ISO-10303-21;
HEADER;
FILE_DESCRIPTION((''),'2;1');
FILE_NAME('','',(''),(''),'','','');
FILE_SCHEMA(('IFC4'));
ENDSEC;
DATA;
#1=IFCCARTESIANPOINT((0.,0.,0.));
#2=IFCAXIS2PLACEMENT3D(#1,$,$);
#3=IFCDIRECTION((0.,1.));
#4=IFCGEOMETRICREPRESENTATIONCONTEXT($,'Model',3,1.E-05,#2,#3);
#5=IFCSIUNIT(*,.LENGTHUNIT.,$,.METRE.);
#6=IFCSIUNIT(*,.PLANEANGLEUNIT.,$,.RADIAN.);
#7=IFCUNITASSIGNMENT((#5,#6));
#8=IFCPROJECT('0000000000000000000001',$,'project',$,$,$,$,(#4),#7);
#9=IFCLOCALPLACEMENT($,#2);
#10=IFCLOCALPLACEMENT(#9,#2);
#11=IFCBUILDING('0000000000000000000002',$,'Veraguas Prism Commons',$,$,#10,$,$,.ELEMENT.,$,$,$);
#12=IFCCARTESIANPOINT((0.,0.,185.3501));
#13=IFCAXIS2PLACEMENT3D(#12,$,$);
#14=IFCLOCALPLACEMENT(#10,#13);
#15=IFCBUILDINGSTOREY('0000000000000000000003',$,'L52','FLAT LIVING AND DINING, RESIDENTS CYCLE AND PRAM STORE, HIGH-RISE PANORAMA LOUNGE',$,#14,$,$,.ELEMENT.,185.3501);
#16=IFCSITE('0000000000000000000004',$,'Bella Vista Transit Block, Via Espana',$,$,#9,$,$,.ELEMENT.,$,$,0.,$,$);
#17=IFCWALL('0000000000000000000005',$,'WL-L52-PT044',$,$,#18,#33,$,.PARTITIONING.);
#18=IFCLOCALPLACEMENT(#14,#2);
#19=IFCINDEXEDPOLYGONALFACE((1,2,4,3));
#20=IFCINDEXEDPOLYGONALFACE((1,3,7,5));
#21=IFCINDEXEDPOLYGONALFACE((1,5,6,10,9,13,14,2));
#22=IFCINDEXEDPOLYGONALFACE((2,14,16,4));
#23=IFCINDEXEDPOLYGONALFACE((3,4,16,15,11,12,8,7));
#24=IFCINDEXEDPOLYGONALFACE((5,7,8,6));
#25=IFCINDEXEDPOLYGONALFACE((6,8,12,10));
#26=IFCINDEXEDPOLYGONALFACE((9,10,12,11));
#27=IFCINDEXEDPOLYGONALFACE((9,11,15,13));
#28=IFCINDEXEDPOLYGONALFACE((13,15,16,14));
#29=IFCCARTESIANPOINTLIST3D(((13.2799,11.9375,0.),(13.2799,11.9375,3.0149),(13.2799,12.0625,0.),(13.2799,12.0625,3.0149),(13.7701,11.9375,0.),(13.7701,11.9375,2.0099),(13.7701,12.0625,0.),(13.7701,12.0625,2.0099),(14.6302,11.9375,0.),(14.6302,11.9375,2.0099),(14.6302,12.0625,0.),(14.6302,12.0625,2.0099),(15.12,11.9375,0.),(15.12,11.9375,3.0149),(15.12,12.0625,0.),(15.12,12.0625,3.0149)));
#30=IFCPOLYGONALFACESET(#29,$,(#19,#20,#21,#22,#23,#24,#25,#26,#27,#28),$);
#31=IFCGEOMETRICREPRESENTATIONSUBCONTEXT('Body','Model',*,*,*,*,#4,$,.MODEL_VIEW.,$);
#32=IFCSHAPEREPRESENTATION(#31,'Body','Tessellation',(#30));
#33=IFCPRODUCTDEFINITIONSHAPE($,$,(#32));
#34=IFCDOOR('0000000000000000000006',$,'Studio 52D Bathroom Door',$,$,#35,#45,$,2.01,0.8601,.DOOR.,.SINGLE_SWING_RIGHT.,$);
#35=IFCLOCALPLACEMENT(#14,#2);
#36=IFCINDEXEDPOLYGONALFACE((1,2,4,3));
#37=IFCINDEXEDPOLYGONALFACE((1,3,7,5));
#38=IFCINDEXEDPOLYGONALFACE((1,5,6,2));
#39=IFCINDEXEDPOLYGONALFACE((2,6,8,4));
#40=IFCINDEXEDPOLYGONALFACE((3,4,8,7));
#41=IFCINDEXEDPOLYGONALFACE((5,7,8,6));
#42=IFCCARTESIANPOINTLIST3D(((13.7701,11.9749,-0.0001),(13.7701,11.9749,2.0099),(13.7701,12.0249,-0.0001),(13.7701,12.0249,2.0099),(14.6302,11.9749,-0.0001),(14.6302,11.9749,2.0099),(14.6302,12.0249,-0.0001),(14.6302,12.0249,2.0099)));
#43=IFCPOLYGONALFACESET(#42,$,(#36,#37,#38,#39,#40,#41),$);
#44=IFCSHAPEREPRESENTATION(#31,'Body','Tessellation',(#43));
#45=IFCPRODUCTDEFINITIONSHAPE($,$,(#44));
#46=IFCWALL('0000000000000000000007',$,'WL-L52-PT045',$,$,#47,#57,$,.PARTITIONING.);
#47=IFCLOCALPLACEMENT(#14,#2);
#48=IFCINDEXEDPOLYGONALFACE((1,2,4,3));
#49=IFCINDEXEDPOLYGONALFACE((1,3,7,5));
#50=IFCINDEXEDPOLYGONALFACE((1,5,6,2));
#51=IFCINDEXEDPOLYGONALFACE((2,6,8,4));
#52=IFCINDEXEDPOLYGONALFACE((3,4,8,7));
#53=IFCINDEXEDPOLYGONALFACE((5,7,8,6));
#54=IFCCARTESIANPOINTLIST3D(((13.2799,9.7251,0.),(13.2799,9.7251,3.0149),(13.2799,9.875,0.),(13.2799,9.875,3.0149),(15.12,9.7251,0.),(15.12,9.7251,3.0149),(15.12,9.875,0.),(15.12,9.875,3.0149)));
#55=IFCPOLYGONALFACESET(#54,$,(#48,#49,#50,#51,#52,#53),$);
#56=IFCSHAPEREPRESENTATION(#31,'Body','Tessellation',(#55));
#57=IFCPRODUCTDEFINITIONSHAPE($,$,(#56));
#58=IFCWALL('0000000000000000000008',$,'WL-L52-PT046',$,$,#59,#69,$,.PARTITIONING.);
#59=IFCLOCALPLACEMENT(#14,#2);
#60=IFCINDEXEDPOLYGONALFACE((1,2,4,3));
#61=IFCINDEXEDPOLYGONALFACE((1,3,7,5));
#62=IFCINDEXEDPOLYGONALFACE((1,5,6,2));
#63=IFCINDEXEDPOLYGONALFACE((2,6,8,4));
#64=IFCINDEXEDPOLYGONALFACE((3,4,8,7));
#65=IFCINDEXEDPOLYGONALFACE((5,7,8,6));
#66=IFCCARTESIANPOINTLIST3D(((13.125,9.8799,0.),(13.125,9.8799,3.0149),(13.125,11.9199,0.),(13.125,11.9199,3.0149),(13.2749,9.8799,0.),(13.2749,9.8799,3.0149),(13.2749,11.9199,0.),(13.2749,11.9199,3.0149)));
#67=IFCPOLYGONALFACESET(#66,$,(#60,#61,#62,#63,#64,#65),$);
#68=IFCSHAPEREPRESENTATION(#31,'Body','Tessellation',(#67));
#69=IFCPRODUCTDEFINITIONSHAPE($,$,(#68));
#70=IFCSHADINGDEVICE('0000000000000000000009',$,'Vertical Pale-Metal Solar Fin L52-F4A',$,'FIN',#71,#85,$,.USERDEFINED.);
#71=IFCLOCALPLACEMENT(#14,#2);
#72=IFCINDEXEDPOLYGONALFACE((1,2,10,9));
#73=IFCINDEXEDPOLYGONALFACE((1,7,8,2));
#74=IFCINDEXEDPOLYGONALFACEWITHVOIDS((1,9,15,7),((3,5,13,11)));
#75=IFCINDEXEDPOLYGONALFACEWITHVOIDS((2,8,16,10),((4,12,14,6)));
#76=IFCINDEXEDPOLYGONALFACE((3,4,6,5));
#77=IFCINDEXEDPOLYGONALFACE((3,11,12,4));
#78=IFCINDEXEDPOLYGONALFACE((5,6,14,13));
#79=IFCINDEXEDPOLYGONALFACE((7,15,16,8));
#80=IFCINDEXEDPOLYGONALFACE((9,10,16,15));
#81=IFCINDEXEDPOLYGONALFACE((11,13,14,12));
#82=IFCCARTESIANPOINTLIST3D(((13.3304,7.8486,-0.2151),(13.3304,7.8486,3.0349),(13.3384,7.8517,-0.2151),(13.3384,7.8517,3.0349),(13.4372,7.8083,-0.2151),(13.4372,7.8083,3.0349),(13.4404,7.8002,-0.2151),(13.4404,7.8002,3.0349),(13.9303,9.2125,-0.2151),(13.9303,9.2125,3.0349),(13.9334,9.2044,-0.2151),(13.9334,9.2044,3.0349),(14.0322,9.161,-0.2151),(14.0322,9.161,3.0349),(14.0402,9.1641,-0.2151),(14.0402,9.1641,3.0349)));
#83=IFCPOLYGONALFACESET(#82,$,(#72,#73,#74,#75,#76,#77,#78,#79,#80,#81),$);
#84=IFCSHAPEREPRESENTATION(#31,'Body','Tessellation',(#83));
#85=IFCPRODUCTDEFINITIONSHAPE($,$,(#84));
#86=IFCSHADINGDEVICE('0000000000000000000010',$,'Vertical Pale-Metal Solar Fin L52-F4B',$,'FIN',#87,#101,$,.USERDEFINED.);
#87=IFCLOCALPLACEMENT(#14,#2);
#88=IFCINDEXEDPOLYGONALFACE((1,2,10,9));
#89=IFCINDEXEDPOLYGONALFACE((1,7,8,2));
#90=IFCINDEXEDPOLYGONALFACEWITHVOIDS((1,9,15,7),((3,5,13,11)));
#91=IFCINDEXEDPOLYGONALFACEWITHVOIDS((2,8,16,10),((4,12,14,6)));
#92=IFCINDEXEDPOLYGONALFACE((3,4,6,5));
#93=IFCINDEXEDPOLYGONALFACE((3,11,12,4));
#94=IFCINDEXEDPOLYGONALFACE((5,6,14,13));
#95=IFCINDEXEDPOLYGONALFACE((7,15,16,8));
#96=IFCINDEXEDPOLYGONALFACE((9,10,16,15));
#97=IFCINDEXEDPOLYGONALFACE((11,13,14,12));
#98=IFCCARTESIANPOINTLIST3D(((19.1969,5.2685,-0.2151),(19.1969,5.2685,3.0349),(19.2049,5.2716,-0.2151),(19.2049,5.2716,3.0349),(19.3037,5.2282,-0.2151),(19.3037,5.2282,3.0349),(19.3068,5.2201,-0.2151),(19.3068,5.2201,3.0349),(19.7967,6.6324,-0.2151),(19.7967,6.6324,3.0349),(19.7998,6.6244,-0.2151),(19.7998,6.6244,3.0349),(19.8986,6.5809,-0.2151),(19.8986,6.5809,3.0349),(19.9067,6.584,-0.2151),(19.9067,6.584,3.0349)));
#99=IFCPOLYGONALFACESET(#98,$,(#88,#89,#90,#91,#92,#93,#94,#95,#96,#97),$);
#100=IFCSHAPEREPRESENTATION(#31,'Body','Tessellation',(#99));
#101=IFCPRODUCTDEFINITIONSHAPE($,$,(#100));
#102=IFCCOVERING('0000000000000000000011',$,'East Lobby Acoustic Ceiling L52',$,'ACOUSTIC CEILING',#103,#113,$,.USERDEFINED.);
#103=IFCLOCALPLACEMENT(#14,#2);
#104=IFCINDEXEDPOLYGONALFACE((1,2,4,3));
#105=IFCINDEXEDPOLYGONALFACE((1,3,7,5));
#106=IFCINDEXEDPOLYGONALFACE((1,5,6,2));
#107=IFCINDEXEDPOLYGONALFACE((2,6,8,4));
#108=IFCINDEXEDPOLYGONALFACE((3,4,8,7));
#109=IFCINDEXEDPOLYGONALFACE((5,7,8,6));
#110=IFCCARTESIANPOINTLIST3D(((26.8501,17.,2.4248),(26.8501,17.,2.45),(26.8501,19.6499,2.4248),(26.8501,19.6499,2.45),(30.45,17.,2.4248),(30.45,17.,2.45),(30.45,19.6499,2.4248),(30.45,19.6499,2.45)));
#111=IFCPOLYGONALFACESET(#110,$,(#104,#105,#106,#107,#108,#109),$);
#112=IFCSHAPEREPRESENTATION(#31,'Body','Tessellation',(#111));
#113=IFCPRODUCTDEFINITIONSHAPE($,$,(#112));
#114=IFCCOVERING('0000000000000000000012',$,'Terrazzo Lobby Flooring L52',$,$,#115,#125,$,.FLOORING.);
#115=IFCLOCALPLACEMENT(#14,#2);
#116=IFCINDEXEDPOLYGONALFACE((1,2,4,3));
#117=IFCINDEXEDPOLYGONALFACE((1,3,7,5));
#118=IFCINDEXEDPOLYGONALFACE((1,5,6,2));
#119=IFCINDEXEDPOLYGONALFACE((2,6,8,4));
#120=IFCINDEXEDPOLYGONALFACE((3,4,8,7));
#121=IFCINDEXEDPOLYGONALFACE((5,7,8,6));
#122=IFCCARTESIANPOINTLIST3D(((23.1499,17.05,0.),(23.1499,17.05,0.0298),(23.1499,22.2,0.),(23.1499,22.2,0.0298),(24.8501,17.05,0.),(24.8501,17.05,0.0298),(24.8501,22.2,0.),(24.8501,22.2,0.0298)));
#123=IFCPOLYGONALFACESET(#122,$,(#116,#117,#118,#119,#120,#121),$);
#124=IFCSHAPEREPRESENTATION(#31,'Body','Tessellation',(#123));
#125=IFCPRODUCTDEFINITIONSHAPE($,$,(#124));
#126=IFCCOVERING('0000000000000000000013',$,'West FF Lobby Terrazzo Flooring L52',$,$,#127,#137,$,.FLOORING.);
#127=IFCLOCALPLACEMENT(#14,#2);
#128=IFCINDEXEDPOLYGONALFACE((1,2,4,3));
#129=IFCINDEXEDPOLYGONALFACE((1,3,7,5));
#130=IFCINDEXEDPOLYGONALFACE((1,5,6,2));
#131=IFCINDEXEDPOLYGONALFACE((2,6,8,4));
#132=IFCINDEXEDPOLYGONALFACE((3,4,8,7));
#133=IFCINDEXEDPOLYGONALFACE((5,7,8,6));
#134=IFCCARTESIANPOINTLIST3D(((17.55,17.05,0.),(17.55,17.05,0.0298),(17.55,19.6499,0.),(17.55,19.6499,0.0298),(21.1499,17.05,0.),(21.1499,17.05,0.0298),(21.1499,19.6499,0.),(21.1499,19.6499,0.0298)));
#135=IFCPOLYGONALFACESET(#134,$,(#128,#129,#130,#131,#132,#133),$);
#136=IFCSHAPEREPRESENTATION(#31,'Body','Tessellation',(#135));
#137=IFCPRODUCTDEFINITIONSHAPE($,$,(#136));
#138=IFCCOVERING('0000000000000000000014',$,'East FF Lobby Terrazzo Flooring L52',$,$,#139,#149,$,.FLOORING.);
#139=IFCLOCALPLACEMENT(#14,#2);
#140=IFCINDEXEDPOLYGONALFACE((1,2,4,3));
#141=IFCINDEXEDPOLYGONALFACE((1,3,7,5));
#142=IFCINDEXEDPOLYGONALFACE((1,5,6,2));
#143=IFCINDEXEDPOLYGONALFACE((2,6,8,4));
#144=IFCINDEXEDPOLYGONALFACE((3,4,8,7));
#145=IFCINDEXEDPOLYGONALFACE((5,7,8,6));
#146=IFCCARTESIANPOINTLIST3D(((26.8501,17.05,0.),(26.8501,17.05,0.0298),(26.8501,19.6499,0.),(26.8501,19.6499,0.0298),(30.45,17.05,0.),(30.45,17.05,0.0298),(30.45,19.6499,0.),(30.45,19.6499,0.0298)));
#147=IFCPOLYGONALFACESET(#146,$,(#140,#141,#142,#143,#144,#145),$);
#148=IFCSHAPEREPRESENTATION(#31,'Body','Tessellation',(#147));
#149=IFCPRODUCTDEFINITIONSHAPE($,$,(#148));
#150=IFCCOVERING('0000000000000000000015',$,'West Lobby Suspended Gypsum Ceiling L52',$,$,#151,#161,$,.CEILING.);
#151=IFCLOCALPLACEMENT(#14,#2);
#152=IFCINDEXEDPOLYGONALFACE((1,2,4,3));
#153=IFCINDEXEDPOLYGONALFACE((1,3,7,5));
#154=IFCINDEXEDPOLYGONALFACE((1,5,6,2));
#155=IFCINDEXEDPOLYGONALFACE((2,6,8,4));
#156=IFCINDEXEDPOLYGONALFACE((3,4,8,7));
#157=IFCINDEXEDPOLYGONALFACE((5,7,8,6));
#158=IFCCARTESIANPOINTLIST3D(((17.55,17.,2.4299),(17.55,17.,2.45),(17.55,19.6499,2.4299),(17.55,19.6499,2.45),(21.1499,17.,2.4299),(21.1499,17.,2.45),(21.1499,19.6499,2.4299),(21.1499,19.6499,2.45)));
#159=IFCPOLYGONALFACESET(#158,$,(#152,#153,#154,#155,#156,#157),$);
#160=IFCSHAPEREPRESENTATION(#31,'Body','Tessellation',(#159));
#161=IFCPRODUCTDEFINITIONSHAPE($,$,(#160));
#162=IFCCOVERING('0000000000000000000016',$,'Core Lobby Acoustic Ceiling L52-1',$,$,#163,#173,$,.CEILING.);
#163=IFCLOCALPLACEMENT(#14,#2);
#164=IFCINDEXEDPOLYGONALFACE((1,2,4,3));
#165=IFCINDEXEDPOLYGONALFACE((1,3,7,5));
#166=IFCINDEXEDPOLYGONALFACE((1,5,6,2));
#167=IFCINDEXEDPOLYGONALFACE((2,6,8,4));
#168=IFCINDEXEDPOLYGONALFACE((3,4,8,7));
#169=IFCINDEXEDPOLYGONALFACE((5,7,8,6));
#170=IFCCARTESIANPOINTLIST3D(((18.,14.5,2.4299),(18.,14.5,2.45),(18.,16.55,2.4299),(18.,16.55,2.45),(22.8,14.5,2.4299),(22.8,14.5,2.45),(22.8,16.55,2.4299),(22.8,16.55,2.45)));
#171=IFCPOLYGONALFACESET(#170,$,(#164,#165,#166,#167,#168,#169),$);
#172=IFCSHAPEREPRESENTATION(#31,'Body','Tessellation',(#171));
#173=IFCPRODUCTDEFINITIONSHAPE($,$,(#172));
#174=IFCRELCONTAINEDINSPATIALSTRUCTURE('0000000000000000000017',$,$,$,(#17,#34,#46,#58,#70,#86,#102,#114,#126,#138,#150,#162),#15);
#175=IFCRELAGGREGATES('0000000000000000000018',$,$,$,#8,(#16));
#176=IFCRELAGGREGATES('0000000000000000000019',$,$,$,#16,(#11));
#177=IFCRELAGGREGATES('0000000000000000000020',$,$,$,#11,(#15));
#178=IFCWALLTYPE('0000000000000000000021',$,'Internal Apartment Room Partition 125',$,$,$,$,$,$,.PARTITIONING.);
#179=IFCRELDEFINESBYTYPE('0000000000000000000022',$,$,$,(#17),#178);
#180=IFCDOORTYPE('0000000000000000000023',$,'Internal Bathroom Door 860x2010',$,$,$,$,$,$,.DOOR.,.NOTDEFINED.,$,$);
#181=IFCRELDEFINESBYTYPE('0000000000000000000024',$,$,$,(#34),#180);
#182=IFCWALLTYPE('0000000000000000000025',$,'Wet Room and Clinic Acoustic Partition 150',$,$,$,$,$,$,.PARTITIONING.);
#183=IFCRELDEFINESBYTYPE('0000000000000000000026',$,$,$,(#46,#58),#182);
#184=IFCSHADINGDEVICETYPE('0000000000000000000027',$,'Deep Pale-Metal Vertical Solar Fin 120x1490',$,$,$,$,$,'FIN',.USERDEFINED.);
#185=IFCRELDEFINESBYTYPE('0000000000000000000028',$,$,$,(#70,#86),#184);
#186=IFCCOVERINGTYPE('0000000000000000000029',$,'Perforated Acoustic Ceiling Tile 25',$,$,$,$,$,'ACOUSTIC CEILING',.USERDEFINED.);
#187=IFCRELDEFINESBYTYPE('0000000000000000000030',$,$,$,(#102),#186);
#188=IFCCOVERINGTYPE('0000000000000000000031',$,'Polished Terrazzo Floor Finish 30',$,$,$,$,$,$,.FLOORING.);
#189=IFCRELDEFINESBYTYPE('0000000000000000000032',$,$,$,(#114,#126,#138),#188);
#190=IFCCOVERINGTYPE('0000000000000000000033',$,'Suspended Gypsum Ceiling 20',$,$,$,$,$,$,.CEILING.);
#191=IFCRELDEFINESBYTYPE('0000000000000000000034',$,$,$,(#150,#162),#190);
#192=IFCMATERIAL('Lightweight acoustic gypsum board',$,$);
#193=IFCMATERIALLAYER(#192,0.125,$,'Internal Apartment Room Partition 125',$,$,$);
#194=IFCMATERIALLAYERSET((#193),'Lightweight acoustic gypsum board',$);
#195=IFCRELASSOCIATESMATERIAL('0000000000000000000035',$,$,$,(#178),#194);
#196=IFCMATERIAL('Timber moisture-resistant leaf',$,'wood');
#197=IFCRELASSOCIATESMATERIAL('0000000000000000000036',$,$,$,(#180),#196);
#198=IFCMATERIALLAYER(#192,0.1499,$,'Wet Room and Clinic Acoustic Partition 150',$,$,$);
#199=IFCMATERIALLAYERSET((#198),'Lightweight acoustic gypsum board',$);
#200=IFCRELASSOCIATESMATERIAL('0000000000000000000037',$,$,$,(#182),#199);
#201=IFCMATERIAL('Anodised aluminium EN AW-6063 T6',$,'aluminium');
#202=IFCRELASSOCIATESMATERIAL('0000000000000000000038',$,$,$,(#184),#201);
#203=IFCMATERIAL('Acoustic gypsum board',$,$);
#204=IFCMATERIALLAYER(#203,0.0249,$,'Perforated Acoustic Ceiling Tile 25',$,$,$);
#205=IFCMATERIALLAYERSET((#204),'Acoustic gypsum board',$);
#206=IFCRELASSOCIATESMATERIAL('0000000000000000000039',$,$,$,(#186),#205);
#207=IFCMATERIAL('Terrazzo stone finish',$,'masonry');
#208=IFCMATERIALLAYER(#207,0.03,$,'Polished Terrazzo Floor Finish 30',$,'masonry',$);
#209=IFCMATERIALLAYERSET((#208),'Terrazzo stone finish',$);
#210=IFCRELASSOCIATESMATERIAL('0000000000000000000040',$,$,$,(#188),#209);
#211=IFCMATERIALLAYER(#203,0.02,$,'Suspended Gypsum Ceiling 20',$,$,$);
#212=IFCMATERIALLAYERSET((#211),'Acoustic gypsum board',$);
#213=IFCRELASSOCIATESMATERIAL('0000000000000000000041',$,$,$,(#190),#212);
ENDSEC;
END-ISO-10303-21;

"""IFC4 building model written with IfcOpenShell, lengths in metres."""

from ifc_helpers import new_model, si_unit, direction, frame, frame_2d, origin, origin_2d, place, context, subcontext, project, spatial, polyline, rectangle, hollow_rectangle, outline, extrude, source, transform, mapped, material, layer, layer_set, material_profile, profile_set, type_object, element, fill, save


model = new_model("IFC4")

# Units and contexts
model_context = context("Model", 3, precision=1e-05, world=origin(), true_north=direction((0.0, 1.0)))
body_context = subcontext(model_context, "Body", "Model", "MODEL_VIEW")
ifc_project = project(units=[si_unit("LENGTHUNIT", "METRE"), si_unit("PLANEANGLEUNIT", "RADIAN")], contexts=[model_context])

# Site, building, storey
site_placement = place(None, origin())
site = spatial("IfcSite", under=ifc_project, at=site_placement, Name="Bella Vista Transit Block, Via Espana", CompositionType="ELEMENT", RefElevation=0.0)
building_placement = place(site_placement, origin())
building = spatial("IfcBuilding", under=site, at=building_placement, Name="Veraguas Prism Commons", CompositionType="ELEMENT")
storey_placement = place(building_placement, frame((0.0, 0.0, 185.3501)))
storey = spatial("IfcBuildingStorey", under=building, at=storey_placement, Name="L52", Description="FLAT LIVING AND DINING, RESIDENTS CYCLE AND PRAM STORE, HIGH-RISE PANORAMA LOUNGE", CompositionType="ELEMENT", Elevation=185.3501)

# Shared definitions
ifc_material_1 = material(Name="Anodised aluminium EN AW-6063 T6", Category="aluminium")

# Wall, opening, door
ifc_material_2 = material(Name="Lightweight acoustic gypsum board")
ifc_layer_1 = layer(ifc_material_2, 0.125, Name="Internal Apartment Room Partition 125")
ifc_layer_set_1 = layer_set([ifc_layer_1], Name="Lightweight acoustic gypsum board")
wall_type_1 = type_object("IfcWallType", Name="Internal Apartment Room Partition 125", PredefinedType="PARTITIONING", material=ifc_layer_set_1)
wall_1_placement = place(storey_placement, frame((13.28, 12.0, 0.0), z_axis=(0.0, 0.0, 1.0), x_axis=(1.0, 0.0, 0.0)))
wall_1 = element("IfcWall", 1, at=wall_1_placement, inside=storey, type_object=wall_type_1, Name="WL-L52-PT044", PredefinedType="PARTITIONING", context=body_context, shape_type="SweptSolid", body=[
    extrude(rectangle(XDim=1.8401, YDim=0.125, at=frame_2d((0.9199, 0.0))), origin(), (0.0, 0.0, 1.0), 3.0149),
])
opening_1_placement = place(wall_1_placement, frame((0.49, 0.0, 0.0)))
opening_1 = element("IfcOpeningElement", 2, at=opening_1_placement, cuts=wall_1, PredefinedType="OPENING", context=body_context, shape_type="SweptSolid", body=[
    extrude(rectangle(XDim=0.8601, YDim=2.01, at=frame_2d((0.4302, 1.0049))), frame((0.0, 0.0725, 0.0), z_axis=(0.0, -1.0, 0.0), x_axis=(1.0, 0.0, 0.0)), (0.0, 0.0, 1.0), 0.145),
])
ifc_material_3 = material(Name="Timber moisture-resistant leaf", Category="wood")
door_type_1 = type_object("IfcDoorType", Name="Internal Bathroom Door 860x2010", OperationType="NOTDEFINED", PredefinedType="DOOR", material=ifc_material_3)
shared_shape_1 = source(origin(), body_context, "Body", "SweptSolid", [
    extrude(rectangle(XDim=0.8601, YDim=2.01, at=frame_2d((0.4302, 1.0049))), frame((0.0, 0.0249, 0.0), z_axis=(0.0, -1.0, 0.0), x_axis=(1.0, 0.0, 0.0)), (0.0, 0.0, 1.0), 0.05),
])
door_1_placement = place(opening_1_placement, origin())
door_1 = element("IfcDoor", 3, at=door_1_placement, inside=storey, type_object=door_type_1, Name="Studio 52D Bathroom Door", OperationType="SINGLE_SWING_RIGHT", OverallHeight=2.01, OverallWidth=0.8601, PredefinedType="DOOR", context=body_context, shape_type="MappedRepresentation", body=[
    mapped(shared_shape_1, transform((0.0, 0.0, 0.0), scale=1.0)),
])
fill(opening_1, door_1)

# Walls
ifc_layer_2 = layer(ifc_material_2, 0.1499, Name="Wet Room and Clinic Acoustic Partition 150")
ifc_layer_set_2 = layer_set([ifc_layer_2], Name="Lightweight acoustic gypsum board")
wall_type_2 = type_object("IfcWallType", Name="Wet Room and Clinic Acoustic Partition 150", PredefinedType="PARTITIONING", material=ifc_layer_set_2)
wall_2_placement = place(storey_placement, frame((13.28, 9.8, 0.0), z_axis=(0.0, 0.0, 1.0), x_axis=(1.0, 0.0, 0.0)))
element("IfcWall", 4, at=wall_2_placement, inside=storey, type_object=wall_type_2, Name="WL-L52-PT045", PredefinedType="PARTITIONING", context=body_context, shape_type="SweptSolid", body=[
    extrude(rectangle(XDim=1.8401, YDim=0.1499, at=frame_2d((0.9199, 0.0))), origin(), (0.0, 0.0, 1.0), 3.0149),
])
wall_3_placement = place(storey_placement, frame((13.2, 9.8799, 0.0), z_axis=(0.0, 0.0, 1.0), x_axis=(0.0, 1.0, 0.0)))
element("IfcWall", 5, at=wall_3_placement, inside=storey, type_object=wall_type_2, Name="WL-L52-PT046", PredefinedType="PARTITIONING", context=body_context, shape_type="SweptSolid", body=[
    extrude(rectangle(XDim=2.04, YDim=0.1499, at=frame_2d((1.02, 0.0))), origin(), (0.0, 0.0, 1.0), 3.0149),
])

# Shading devices
ifc_material_profile_1 = material_profile(ifc_material_1, hollow_rectangle(XDim=0.1201, YDim=1.49, WallThickness=0.0061, at=origin_2d()), Name="FIN120X1490X6")
ifc_profile_set_1 = profile_set([ifc_material_profile_1], Name="Anodised aluminium EN AW-6063 T6")
shading_device_type = type_object("IfcShadingDeviceType", Name="Deep Pale-Metal Vertical Solar Fin 120x1490", ElementType="FIN", PredefinedType="USERDEFINED", material=ifc_profile_set_1)
for number, where, z_axis, x_axis, name in (
    (6, (13.6853, 8.5063, -0.2151), (0.0, 0.0, 1.0), (0.915382, -0.402587, 0.0), "Vertical Pale-Metal Solar Fin L52-F4A"),
    (7, (19.5518, 5.9263, -0.2151), (0.0, 0.0, 1.0), (0.915382, -0.402587, 0.0), "Vertical Pale-Metal Solar Fin L52-F4B"),
):
    element("IfcShadingDevice", number, at=place(storey_placement, frame(where, z_axis=z_axis, x_axis=x_axis)), inside=storey, type_object=shading_device_type, Name=name, ObjectType="FIN", PredefinedType="USERDEFINED", context=body_context, shape_type="SweptSolid", body=[
        extrude(hollow_rectangle(XDim=0.1201, YDim=1.49, WallThickness=0.0061, at=origin_2d()), origin(), (0.0, 0.0, 1.0), 3.25),
    ])

# Coverings
ifc_material_4 = material(Name="Acoustic gypsum board")
ifc_layer_3 = layer(ifc_material_4, 0.0249, Name="Perforated Acoustic Ceiling Tile 25")
ifc_layer_set_3 = layer_set([ifc_layer_3], Name="Acoustic gypsum board")
covering_type_1 = type_object("IfcCoveringType", Name="Perforated Acoustic Ceiling Tile 25", ElementType="ACOUSTIC CEILING", PredefinedType="USERDEFINED", material=ifc_layer_set_3)
covering_1_placement = place(storey_placement, frame((0.0, 0.0, 2.4248)))
element("IfcCovering", 8, at=covering_1_placement, inside=storey, type_object=covering_type_1, Name="East Lobby Acoustic Ceiling L52", ObjectType="ACOUSTIC CEILING", PredefinedType="USERDEFINED", context=body_context, shape_type="SweptSolid", body=[
    extrude(outline(polyline([(26.8501, 17.0), (30.45, 17.0), (30.45, 19.6499), (26.8501, 19.6499), (26.8501, 17.0)])), origin(), (0.0, 0.0, 1.0), 0.0251),
])
ifc_material_5 = material(Name="Terrazzo stone finish", Category="masonry")
ifc_layer_4 = layer(ifc_material_5, 0.03, Name="Polished Terrazzo Floor Finish 30", Category="masonry")
ifc_layer_set_4 = layer_set([ifc_layer_4], Name="Terrazzo stone finish")
covering_type_2 = type_object("IfcCoveringType", Name="Polished Terrazzo Floor Finish 30", PredefinedType="FLOORING", material=ifc_layer_set_4)
covering_2_placement = place(storey_placement, origin())
element("IfcCovering", 9, at=covering_2_placement, inside=storey, type_object=covering_type_2, Name="Terrazzo Lobby Flooring L52", PredefinedType="FLOORING", context=body_context, shape_type="SweptSolid", body=[
    extrude(outline(polyline([(23.1499, 17.05), (24.8501, 17.05), (24.8501, 22.2), (23.1499, 22.2), (23.1499, 17.05)])), origin(), (0.0, 0.0, 1.0), 0.0298),
])
covering_3_placement = place(storey_placement, origin())
element("IfcCovering", 10, at=covering_3_placement, inside=storey, type_object=covering_type_2, Name="West FF Lobby Terrazzo Flooring L52", PredefinedType="FLOORING", context=body_context, shape_type="SweptSolid", body=[
    extrude(outline(polyline([(17.55, 17.05), (21.1499, 17.05), (21.1499, 19.6499), (17.55, 19.6499), (17.55, 17.05)])), origin(), (0.0, 0.0, 1.0), 0.0298),
])
covering_4_placement = place(storey_placement, origin())
element("IfcCovering", 11, at=covering_4_placement, inside=storey, type_object=covering_type_2, Name="East FF Lobby Terrazzo Flooring L52", PredefinedType="FLOORING", context=body_context, shape_type="SweptSolid", body=[
    extrude(outline(polyline([(26.8501, 17.05), (30.45, 17.05), (30.45, 19.6499), (26.8501, 19.6499), (26.8501, 17.05)])), origin(), (0.0, 0.0, 1.0), 0.0298),
])
ifc_layer_5 = layer(ifc_material_4, 0.02, Name="Suspended Gypsum Ceiling 20")
ifc_layer_set_5 = layer_set([ifc_layer_5], Name="Acoustic gypsum board")
covering_type_3 = type_object("IfcCoveringType", Name="Suspended Gypsum Ceiling 20", PredefinedType="CEILING", material=ifc_layer_set_5)
covering_5_placement = place(storey_placement, frame((0.0, 0.0, 2.4299)))
element("IfcCovering", 12, at=covering_5_placement, inside=storey, type_object=covering_type_3, Name="West Lobby Suspended Gypsum Ceiling L52", PredefinedType="CEILING", context=body_context, shape_type="SweptSolid", body=[
    extrude(outline(polyline([(17.55, 17.0), (21.1499, 17.0), (21.1499, 19.6499), (17.55, 19.6499), (17.55, 17.0)])), origin(), (0.0, 0.0, 1.0), 0.02),
])
covering_6_placement = place(storey_placement, frame((0.0, 0.0, 2.4299)))
element("IfcCovering", 13, at=covering_6_placement, inside=storey, type_object=covering_type_3, Name="Core Lobby Acoustic Ceiling L52-1", PredefinedType="CEILING", context=body_context, shape_type="SweptSolid", body=[
    extrude(outline(polyline([(18.0, 14.5), (22.8, 14.5), (22.8, 16.55), (18.0, 16.55), (18.0, 14.5)])), origin(), (0.0, 0.0, 1.0), 0.02),
])

save(model, "model.ifc")
